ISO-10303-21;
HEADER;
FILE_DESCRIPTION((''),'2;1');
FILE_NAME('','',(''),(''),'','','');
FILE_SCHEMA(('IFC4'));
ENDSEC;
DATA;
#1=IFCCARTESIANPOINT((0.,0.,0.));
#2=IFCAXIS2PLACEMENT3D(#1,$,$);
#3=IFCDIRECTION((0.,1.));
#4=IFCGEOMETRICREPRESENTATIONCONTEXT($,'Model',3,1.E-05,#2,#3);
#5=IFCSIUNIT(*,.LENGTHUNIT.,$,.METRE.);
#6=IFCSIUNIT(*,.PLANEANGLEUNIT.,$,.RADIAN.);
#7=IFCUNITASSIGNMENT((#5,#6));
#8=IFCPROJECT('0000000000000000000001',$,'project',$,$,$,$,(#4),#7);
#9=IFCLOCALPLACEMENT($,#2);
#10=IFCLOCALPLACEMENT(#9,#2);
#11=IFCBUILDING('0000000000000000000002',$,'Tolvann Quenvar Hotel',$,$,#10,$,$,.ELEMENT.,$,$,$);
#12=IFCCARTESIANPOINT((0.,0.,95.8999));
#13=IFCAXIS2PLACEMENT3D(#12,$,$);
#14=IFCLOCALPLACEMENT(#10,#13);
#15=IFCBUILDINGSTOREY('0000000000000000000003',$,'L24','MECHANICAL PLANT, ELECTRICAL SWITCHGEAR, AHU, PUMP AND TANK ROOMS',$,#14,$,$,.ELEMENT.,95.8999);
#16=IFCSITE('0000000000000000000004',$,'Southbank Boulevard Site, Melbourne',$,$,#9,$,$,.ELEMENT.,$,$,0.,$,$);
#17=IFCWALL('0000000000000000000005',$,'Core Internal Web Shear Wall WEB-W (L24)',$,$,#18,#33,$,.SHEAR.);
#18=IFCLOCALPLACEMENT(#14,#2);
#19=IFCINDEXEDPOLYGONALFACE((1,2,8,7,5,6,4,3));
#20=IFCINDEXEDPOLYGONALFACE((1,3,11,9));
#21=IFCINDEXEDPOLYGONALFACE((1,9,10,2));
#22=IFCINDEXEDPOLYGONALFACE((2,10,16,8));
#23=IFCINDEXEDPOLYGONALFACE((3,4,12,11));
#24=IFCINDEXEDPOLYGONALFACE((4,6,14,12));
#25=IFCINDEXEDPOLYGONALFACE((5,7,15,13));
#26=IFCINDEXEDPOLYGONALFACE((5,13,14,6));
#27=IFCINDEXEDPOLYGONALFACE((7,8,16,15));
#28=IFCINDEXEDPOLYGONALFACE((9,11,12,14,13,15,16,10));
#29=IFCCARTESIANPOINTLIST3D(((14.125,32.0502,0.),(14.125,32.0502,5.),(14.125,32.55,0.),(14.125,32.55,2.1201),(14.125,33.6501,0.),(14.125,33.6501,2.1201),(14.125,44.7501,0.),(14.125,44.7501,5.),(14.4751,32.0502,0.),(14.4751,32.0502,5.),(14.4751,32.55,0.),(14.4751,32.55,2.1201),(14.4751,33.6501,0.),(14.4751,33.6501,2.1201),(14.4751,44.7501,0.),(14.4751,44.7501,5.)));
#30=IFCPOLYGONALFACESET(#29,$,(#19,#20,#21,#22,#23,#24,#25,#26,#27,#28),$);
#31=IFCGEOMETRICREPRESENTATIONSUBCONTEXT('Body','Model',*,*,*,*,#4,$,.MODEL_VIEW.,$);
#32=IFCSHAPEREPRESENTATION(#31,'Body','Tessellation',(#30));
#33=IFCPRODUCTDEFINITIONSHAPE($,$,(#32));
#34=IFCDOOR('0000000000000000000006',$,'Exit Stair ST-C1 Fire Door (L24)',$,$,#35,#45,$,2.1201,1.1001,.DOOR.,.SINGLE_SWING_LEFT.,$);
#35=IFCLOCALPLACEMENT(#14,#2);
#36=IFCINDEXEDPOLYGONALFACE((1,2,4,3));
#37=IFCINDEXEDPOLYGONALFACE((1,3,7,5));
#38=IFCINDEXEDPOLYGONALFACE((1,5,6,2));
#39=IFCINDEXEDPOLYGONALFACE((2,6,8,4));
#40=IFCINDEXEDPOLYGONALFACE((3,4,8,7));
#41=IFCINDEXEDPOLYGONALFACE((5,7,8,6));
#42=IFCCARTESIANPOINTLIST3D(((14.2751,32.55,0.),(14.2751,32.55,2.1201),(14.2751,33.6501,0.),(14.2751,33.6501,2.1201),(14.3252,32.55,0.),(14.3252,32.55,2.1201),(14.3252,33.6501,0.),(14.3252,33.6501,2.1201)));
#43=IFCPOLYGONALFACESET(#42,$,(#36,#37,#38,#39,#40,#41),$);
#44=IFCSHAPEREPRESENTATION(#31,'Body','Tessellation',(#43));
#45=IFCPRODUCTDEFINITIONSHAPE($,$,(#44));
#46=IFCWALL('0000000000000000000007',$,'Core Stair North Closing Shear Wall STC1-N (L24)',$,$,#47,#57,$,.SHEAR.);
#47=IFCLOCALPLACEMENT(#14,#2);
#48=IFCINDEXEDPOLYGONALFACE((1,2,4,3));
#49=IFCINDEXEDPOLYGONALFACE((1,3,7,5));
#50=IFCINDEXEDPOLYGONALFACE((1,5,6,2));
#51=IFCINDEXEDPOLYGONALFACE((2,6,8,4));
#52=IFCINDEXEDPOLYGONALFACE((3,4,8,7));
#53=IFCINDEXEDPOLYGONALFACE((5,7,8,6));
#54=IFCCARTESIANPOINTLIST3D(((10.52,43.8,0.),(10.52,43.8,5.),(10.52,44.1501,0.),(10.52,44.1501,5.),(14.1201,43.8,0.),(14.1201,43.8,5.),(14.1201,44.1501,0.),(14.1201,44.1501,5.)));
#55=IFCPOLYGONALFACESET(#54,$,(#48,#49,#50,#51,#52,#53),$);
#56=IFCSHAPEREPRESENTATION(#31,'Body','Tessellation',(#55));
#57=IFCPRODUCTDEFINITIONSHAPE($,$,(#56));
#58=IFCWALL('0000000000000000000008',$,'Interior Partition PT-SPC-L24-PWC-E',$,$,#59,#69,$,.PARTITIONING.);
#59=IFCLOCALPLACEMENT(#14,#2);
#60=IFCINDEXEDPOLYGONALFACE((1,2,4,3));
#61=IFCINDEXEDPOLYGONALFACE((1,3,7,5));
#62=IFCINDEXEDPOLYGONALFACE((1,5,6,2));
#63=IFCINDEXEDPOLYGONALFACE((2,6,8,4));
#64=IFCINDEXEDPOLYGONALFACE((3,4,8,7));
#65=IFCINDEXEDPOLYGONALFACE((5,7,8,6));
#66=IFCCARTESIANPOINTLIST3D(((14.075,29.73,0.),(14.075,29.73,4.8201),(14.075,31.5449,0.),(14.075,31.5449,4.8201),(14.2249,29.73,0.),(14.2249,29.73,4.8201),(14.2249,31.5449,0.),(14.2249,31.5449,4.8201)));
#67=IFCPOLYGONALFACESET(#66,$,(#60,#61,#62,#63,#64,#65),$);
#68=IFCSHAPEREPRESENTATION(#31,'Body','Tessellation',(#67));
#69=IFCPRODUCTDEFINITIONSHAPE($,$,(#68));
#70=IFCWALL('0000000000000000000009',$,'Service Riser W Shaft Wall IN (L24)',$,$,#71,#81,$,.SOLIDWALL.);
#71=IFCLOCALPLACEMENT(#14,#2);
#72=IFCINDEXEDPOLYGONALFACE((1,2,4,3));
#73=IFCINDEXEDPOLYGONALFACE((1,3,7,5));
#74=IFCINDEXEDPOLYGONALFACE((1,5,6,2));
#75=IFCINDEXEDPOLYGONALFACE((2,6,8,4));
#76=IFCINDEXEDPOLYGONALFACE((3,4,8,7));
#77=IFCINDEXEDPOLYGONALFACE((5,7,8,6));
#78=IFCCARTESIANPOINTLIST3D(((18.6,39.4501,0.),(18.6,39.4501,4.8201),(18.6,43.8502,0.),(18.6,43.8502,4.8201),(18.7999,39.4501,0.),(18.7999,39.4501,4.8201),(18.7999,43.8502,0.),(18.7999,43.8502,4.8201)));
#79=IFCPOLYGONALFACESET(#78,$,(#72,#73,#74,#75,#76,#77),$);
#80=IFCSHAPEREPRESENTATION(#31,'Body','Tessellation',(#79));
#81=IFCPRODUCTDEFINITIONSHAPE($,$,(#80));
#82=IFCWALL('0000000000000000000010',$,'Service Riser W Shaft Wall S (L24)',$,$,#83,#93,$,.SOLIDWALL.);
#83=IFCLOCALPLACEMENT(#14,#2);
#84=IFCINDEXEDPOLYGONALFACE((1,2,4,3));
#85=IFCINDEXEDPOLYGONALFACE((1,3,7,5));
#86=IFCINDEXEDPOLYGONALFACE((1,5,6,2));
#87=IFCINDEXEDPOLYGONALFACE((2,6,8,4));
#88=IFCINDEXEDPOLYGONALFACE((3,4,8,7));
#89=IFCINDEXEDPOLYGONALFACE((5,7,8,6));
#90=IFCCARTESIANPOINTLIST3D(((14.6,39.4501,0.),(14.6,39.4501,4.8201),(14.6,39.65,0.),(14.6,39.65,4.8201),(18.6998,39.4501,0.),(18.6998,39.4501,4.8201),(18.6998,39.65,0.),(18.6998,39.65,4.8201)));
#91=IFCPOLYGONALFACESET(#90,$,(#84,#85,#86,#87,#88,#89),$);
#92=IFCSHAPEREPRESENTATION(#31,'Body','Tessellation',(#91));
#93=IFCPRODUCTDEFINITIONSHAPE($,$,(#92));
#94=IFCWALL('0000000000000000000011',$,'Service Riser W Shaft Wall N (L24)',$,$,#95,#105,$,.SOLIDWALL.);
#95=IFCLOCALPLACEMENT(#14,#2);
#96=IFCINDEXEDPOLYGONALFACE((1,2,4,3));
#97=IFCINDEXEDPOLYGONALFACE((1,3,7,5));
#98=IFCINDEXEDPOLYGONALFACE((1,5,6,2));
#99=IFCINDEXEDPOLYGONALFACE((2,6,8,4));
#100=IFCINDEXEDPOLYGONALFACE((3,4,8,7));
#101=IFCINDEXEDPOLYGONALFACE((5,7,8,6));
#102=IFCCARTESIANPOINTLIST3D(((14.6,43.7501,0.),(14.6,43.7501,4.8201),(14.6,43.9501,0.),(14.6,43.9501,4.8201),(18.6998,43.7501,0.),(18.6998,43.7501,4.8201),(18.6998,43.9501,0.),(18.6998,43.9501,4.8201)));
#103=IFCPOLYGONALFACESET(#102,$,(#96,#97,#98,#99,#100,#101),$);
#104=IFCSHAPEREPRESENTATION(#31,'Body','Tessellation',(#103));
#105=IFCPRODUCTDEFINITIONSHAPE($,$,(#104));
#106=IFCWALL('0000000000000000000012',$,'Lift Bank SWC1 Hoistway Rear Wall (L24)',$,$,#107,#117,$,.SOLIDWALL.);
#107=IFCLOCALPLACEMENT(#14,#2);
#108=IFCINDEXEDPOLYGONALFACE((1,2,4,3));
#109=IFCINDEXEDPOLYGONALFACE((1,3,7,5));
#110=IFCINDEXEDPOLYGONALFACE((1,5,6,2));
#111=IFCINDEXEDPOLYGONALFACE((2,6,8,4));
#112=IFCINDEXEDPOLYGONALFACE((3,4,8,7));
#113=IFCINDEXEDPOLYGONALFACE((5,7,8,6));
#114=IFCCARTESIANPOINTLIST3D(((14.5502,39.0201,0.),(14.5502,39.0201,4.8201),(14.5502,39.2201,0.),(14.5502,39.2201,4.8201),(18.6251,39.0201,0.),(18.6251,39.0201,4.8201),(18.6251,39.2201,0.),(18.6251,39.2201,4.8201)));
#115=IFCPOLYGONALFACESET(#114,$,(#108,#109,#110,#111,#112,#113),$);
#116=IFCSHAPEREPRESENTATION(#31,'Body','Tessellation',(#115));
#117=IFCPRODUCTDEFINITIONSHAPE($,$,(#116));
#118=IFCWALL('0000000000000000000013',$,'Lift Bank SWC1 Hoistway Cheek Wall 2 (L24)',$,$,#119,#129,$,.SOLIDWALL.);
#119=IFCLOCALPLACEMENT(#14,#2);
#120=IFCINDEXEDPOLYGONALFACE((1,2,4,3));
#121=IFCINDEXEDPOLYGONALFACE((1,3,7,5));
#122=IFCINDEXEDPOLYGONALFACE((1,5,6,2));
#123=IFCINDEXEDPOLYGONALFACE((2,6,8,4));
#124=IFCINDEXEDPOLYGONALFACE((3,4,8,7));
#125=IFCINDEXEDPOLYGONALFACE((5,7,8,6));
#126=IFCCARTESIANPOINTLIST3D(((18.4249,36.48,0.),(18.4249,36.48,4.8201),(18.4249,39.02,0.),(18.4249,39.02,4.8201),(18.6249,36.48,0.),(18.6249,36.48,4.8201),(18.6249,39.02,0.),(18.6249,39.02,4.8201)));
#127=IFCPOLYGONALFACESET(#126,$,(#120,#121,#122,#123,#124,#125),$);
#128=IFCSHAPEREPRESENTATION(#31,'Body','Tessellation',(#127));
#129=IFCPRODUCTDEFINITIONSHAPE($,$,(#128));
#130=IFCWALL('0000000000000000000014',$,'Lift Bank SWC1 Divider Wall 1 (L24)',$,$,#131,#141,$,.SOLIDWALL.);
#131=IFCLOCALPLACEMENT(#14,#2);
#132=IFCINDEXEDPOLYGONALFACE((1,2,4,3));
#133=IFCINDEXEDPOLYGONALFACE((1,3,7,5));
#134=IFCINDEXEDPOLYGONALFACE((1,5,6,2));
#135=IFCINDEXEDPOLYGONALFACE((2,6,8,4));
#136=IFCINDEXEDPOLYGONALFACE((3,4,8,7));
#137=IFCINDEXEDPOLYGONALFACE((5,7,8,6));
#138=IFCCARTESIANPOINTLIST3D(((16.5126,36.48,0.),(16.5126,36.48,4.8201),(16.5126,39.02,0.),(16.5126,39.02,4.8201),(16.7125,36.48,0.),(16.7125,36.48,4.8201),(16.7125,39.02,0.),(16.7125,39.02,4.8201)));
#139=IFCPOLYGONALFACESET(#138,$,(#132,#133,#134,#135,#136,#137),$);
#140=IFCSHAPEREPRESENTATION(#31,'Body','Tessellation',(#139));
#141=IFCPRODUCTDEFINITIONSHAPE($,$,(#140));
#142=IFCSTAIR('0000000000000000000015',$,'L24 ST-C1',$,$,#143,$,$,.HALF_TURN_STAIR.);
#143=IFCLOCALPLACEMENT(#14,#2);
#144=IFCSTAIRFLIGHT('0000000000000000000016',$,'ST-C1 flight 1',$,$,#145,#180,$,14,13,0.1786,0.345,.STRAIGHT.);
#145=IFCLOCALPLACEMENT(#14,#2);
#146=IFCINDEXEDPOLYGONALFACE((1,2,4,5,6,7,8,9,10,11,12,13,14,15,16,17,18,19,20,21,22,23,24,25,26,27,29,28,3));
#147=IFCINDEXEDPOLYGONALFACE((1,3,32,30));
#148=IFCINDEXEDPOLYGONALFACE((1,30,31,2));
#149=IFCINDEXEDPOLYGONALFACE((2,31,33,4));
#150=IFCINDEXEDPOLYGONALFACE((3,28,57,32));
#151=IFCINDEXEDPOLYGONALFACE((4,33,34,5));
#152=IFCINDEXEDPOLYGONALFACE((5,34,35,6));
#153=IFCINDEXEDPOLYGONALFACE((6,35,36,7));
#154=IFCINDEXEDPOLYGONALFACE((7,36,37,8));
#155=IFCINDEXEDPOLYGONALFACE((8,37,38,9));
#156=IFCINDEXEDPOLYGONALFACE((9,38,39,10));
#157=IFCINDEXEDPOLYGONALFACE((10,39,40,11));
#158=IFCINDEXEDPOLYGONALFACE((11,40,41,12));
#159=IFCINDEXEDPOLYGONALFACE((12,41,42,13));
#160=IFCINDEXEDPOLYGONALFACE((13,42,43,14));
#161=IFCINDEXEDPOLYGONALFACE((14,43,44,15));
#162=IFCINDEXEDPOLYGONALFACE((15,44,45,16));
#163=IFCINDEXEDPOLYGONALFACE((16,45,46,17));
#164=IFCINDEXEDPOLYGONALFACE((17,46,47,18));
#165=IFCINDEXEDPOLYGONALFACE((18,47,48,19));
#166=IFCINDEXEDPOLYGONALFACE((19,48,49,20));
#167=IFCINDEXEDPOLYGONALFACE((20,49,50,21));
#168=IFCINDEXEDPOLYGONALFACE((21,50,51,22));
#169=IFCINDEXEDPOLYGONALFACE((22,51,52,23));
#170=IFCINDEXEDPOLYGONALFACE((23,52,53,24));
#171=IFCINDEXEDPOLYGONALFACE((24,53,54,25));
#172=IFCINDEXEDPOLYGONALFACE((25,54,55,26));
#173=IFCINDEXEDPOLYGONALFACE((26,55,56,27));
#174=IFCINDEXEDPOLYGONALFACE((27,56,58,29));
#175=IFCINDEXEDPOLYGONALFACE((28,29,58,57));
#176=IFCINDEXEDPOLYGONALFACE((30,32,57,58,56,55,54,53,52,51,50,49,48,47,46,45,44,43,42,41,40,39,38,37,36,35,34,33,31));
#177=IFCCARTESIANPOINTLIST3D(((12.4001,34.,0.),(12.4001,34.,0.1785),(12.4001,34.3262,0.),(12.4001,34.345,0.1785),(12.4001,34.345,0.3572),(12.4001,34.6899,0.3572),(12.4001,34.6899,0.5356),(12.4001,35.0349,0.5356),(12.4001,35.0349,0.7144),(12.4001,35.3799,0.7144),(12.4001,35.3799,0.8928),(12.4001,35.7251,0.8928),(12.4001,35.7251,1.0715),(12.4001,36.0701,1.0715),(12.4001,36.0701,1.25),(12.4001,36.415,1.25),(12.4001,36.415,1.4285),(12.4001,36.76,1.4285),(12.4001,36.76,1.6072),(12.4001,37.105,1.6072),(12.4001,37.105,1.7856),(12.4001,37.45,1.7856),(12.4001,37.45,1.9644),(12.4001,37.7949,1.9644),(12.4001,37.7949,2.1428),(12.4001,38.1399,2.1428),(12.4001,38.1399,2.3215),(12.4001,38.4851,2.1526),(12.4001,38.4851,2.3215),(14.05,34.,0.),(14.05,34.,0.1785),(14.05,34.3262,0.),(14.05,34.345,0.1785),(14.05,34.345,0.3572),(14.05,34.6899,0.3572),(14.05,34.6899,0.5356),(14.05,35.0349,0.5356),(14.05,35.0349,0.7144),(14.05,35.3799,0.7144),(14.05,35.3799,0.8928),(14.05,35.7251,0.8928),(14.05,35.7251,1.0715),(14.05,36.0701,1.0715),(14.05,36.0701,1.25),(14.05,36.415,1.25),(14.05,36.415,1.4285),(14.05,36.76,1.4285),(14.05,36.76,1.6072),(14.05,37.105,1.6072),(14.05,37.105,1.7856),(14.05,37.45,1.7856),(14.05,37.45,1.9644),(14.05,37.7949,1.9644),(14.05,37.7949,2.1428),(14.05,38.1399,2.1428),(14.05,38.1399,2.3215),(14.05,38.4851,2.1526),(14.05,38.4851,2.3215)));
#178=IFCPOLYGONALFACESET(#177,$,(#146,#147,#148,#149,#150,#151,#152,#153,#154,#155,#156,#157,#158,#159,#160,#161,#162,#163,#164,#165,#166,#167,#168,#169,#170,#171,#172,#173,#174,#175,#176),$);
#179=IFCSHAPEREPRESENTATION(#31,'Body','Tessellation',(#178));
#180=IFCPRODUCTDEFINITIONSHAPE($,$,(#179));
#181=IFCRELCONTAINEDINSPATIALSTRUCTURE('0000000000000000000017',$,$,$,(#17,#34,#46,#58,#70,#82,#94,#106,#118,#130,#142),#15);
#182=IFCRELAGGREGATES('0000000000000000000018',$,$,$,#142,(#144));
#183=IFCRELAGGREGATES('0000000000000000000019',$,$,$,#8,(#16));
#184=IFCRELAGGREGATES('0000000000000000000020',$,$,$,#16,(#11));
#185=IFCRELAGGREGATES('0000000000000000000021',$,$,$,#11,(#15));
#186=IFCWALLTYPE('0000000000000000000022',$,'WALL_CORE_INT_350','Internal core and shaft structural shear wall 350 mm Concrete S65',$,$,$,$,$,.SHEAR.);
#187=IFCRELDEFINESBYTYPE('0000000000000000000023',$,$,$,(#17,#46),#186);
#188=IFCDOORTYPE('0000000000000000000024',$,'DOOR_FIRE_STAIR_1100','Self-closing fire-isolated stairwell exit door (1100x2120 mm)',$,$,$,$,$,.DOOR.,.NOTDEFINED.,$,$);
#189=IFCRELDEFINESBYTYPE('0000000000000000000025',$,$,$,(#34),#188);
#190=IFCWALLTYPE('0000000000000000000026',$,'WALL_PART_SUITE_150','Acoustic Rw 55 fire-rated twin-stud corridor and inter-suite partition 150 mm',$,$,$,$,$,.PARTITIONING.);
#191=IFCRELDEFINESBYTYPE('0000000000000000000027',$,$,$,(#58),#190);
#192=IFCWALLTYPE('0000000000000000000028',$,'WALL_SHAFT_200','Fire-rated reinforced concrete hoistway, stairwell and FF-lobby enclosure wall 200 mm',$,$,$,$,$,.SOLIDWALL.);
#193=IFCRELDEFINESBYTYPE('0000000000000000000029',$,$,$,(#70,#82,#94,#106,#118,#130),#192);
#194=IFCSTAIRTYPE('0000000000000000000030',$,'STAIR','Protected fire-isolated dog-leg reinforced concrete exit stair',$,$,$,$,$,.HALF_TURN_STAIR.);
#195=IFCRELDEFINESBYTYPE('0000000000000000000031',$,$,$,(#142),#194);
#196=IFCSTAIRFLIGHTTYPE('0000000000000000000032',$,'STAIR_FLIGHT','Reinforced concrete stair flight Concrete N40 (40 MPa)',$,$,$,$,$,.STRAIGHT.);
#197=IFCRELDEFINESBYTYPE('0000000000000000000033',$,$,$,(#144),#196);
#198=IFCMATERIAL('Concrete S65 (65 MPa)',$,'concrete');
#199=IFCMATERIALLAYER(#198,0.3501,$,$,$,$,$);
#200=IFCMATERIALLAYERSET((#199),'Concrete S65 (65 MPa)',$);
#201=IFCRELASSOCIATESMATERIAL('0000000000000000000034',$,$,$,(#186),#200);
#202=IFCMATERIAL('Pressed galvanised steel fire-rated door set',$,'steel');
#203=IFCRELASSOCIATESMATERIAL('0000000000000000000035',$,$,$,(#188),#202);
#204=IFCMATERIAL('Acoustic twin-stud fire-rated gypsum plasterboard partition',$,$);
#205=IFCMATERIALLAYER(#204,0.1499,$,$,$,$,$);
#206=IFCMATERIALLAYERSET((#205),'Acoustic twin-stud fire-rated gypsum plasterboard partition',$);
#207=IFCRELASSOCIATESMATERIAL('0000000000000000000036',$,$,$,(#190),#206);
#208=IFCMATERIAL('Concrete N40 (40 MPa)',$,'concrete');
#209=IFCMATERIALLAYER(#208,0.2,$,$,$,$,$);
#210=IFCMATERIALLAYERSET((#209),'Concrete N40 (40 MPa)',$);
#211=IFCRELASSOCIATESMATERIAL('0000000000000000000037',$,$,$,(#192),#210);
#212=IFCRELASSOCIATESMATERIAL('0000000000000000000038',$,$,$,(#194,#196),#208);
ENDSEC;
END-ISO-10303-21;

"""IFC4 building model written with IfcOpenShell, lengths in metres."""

from ifc_helpers import new_model, si_unit, direction, frame, frame_2d, origin, place, context, subcontext, project, spatial, polyline, rectangle, outline, extrude, source, transform, mapped, material, layer, layer_set, type_object, type_shapes, element, fill, aggregate, save


model = new_model("IFC4")

# Units and contexts
model_context = context("Model", 3, precision=1e-05, world=origin(), true_north=direction((0.0, 1.0)))
body_context = subcontext(model_context, "Body", "Model", "MODEL_VIEW")
ifc_project = project(units=[si_unit("LENGTHUNIT", "METRE"), si_unit("PLANEANGLEUNIT", "RADIAN")], contexts=[model_context])

# Site, building, storey
site_placement = place(None, origin())
site = spatial("IfcSite", under=ifc_project, at=site_placement, Name="Southbank Boulevard Site, Melbourne", CompositionType="ELEMENT", RefElevation=0.0)
building_placement = place(site_placement, origin())
building = spatial("IfcBuilding", under=site, at=building_placement, Name="Tolvann Quenvar Hotel", CompositionType="ELEMENT")
storey_placement = place(building_placement, frame((0.0, 0.0, 95.8999)))
storey = spatial("IfcBuildingStorey", under=building, at=storey_placement, Name="L24", Description="MECHANICAL PLANT, ELECTRICAL SWITCHGEAR, AHU, PUMP AND TANK ROOMS", CompositionType="ELEMENT", Elevation=95.8999)

# Wall, opening, door
ifc_material_1 = material(Name="Concrete S65 (65 MPa)", Category="concrete")
ifc_layer_1 = layer(ifc_material_1, 0.3501)
ifc_layer_set_1 = layer_set([ifc_layer_1], Name="Concrete S65 (65 MPa)")
wall_type_1 = type_object("IfcWallType", Name="WALL_CORE_INT_350", Description="Internal core and shaft structural shear wall 350 mm Concrete S65", PredefinedType="SHEAR", material=ifc_layer_set_1)
wall_1_placement = place(storey_placement, frame((14.3, 32.05, 0.0), z_axis=(0.0, 0.0, 1.0), x_axis=(0.0, 1.0, 0.0)))
wall_1 = element("IfcWall", 1, at=wall_1_placement, inside=storey, type_object=wall_type_1, Name="Core Internal Web Shear Wall WEB-W (L24)", PredefinedType="SHEAR", context=body_context, shape_type="SweptSolid", body=[
    extrude(rectangle(XDim=12.7, YDim=0.3501, at=frame_2d((6.3501, 0.0))), origin(), (0.0, 0.0, 1.0), 5.0),
])
opening_1_placement = place(wall_1_placement, frame((0.5, 0.0, 0.0)))
opening_1 = element("IfcOpeningElement", 2, at=opening_1_placement, cuts=wall_1, PredefinedType="OPENING", context=body_context, shape_type="SweptSolid", body=[
    extrude(rectangle(XDim=1.1001, YDim=2.1201, at=frame_2d((0.55, 1.0601))), frame((0.0, 0.1851, 0.0), z_axis=(0.0, -1.0, 0.0), x_axis=(1.0, 0.0, 0.0)), (0.0, 0.0, 1.0), 0.3701),
])
ifc_material_2 = material(Name="Pressed galvanised steel fire-rated door set", Category="steel")
door_type_1 = type_object("IfcDoorType", Name="DOOR_FIRE_STAIR_1100", Description="Self-closing fire-isolated stairwell exit door (1100x2120 mm)", OperationType="NOTDEFINED", PredefinedType="DOOR", material=ifc_material_2)
shared_shape_1 = source(origin(), body_context, "Body", "SweptSolid", [
    extrude(rectangle(XDim=1.1001, YDim=2.1201, at=frame_2d((0.55, 1.0601))), frame((0.0, 0.0249, 0.0), z_axis=(0.0, -1.0, 0.0), x_axis=(1.0, 0.0, 0.0)), (0.0, 0.0, 1.0), 0.05),
])
type_shapes(door_type_1, [shared_shape_1])
door_1_placement = place(opening_1_placement, origin())
door_1 = element("IfcDoor", 3, at=door_1_placement, inside=storey, type_object=door_type_1, Name="Exit Stair ST-C1 Fire Door (L24)", OperationType="SINGLE_SWING_LEFT", OverallHeight=2.1201, OverallWidth=1.1001, PredefinedType="DOOR", context=body_context, shape_type="MappedRepresentation", body=[
    mapped(shared_shape_1, transform((0.0, 0.0, 0.0), x_axis=(1.0, 0.0, 0.0), y_axis=(0.0, 1.0, 0.0), z_axis=(0.0, 0.0, 1.0), scale=1.0)),
])
fill(opening_1, door_1)

# Walls
wall_2_placement = place(storey_placement, frame((10.52, 43.9751, 0.0), z_axis=(0.0, 0.0, 1.0), x_axis=(1.0, 0.0, 0.0)))
element("IfcWall", 4, at=wall_2_placement, inside=storey, type_object=wall_type_1, Name="Core Stair North Closing Shear Wall STC1-N (L24)", PredefinedType="SHEAR", context=body_context, shape_type="SweptSolid", body=[
    extrude(rectangle(XDim=3.6001, YDim=0.3501, at=frame_2d((1.8, 0.0))), origin(), (0.0, 0.0, 1.0), 5.0),
])
ifc_material_3 = material(Name="Acoustic twin-stud fire-rated gypsum plasterboard partition")
ifc_layer_2 = layer(ifc_material_3, 0.1499)
ifc_layer_set_2 = layer_set([ifc_layer_2], Name="Acoustic twin-stud fire-rated gypsum plasterboard partition")
wall_type_2 = type_object("IfcWallType", Name="WALL_PART_SUITE_150", Description="Acoustic Rw 55 fire-rated twin-stud corridor and inter-suite partition 150 mm", PredefinedType="PARTITIONING", material=ifc_layer_set_2)
wall_3_placement = place(storey_placement, frame((14.1499, 29.73, 0.0), z_axis=(0.0, 0.0, 1.0), x_axis=(0.0, 1.0, 0.0)))
element("IfcWall", 5, at=wall_3_placement, inside=storey, type_object=wall_type_2, Name="Interior Partition PT-SPC-L24-PWC-E", PredefinedType="PARTITIONING", context=body_context, shape_type="SweptSolid", body=[
    extrude(rectangle(XDim=1.8149, YDim=0.1499, at=frame_2d((0.9075, 0.0))), origin(), (0.0, 0.0, 1.0), 4.8201),
])
ifc_material_4 = material(Name="Concrete N40 (40 MPa)", Category="concrete")
ifc_layer_3 = layer(ifc_material_4, 0.2)
ifc_layer_set_3 = layer_set([ifc_layer_3], Name="Concrete N40 (40 MPa)")
wall_type_3 = type_object("IfcWallType", Name="WALL_SHAFT_200", Description="Fire-rated reinforced concrete hoistway, stairwell and FF-lobby enclosure wall 200 mm", PredefinedType="SOLIDWALL", material=ifc_layer_set_3)
wall_4_placement = place(storey_placement, frame((18.7, 39.45, 0.0), z_axis=(0.0, 0.0, 1.0), x_axis=(0.0, 1.0, 0.0)))
element("IfcWall", 6, at=wall_4_placement, inside=storey, type_object=wall_type_3, Name="Service Riser W Shaft Wall IN (L24)", PredefinedType="SOLIDWALL", context=body_context, shape_type="SweptSolid", body=[
    extrude(rectangle(XDim=4.4001, YDim=0.2, at=frame_2d((2.2002, 0.0))), origin(), (0.0, 0.0, 1.0), 4.8201),
])
for number, where, z_axis, x_axis, name in (
    (7, (14.6001, 39.55, 0.0), (0.0, 0.0, 1.0), (1.0, 0.0, 0.0), "Service Riser W Shaft Wall S (L24)"),
    (8, (14.6001, 43.8501, 0.0), (0.0, 0.0, 1.0), (1.0, 0.0, 0.0), "Service Riser W Shaft Wall N (L24)"),
):
    element("IfcWall", number, at=place(storey_placement, frame(where, z_axis=z_axis, x_axis=x_axis)), inside=storey, type_object=wall_type_3, Name=name, PredefinedType="SOLIDWALL", context=body_context, shape_type="SweptSolid", body=[
        extrude(rectangle(XDim=4.0999, YDim=0.2, at=frame_2d((2.0498, 0.0))), origin(), (0.0, 0.0, 1.0), 4.8201),
    ])

# Walls
wall_5_placement = place(storey_placement, frame((14.55, 39.1201, 0.0), z_axis=(0.0, 0.0, 1.0), x_axis=(1.0, 0.0, 0.0)))
element("IfcWall", 9, at=wall_5_placement, inside=storey, type_object=wall_type_3, Name="Lift Bank SWC1 Hoistway Rear Wall (L24)", PredefinedType="SOLIDWALL", context=body_context, shape_type="SweptSolid", body=[
    extrude(rectangle(XDim=4.075, YDim=0.2, at=frame_2d((2.0376, 0.0))), origin(), (0.0, 0.0, 1.0), 4.8201),
])
for number, where, z_axis, x_axis, name in (
    (10, (18.5249, 36.48, 0.0), (0.0, 0.0, 1.0), (0.0, 1.0, 0.0), "Lift Bank SWC1 Hoistway Cheek Wall 2 (L24)"),
    (11, (16.6125, 36.48, 0.0), (0.0, 0.0, 1.0), (0.0, 1.0, 0.0), "Lift Bank SWC1 Divider Wall 1 (L24)"),
):
    element("IfcWall", number, at=place(storey_placement, frame(where, z_axis=z_axis, x_axis=x_axis)), inside=storey, type_object=wall_type_3, Name=name, PredefinedType="SOLIDWALL", context=body_context, shape_type="SweptSolid", body=[
        extrude(rectangle(XDim=2.54, YDim=0.2, at=frame_2d((1.27, 0.0))), origin(), (0.0, 0.0, 1.0), 4.8201),
    ])

# Stair, stair flight
stair_type = type_object("IfcStairType", Name="STAIR", Description="Protected fire-isolated dog-leg reinforced concrete exit stair", PredefinedType="HALF_TURN_STAIR", material=ifc_material_4)
stair_placement = place(storey_placement, origin())
stair = element("IfcStair", 12, at=stair_placement, inside=storey, type_object=stair_type, Name="L24 ST-C1", PredefinedType="HALF_TURN_STAIR")
stair_flight_type = type_object("IfcStairFlightType", Name="STAIR_FLIGHT", Description="Reinforced concrete stair flight Concrete N40 (40 MPa)", PredefinedType="STRAIGHT", material=ifc_material_4)
stair_flight_1_placement = place(storey_placement, frame((13.2251, 34.0, 0.0), z_axis=(0.0, 0.0, 1.0), x_axis=(0.0, 1.0, 0.0)))
stair_flight_1 = element("IfcStairFlight", 13, at=stair_flight_1_placement, type_object=stair_flight_type, Name="ST-C1 flight 1", NumberOfRisers=14, NumberOfTreads=13, PredefinedType="STRAIGHT", RiserHeight=0.1786, TreadLength=0.345, context=body_context, shape_type="SweptSolid", body=[
    extrude(outline(polyline([(0.0, 0.0), (0.0, 0.1785), (0.345, 0.1785), (0.345, 0.3572), (0.6899, 0.3572), (0.6899, 0.5356), (1.0349, 0.5356), (1.0349, 0.7144), (1.3799, 0.7144), (1.3799, 0.8928), (1.7251, 0.8928), (1.7251, 1.0715), (2.0701, 1.0715), (2.0701, 1.25), (2.415, 1.25), (2.415, 1.4285), (2.76, 1.4285), (2.76, 1.6072), (3.105, 1.6072), (3.105, 1.7856), (3.45, 1.7856), (3.45, 1.9644), (3.7949, 1.9644), (3.7949, 2.1428), (4.1399, 2.1428), (4.1399, 2.3215), (4.4851, 2.3215), (4.4851, 2.5), (4.4851, 2.1526), (0.3262, 0.0), (0.0, 0.0)])), frame((0.0, 0.825, 0.0), z_axis=(0.0, -1.0, 0.0), x_axis=(1.0, 0.0, 0.0)), (0.0, 0.0, 1.0), 1.6499),
])
aggregate(stair, [stair_flight_1])

save(model, "model.ifc")
